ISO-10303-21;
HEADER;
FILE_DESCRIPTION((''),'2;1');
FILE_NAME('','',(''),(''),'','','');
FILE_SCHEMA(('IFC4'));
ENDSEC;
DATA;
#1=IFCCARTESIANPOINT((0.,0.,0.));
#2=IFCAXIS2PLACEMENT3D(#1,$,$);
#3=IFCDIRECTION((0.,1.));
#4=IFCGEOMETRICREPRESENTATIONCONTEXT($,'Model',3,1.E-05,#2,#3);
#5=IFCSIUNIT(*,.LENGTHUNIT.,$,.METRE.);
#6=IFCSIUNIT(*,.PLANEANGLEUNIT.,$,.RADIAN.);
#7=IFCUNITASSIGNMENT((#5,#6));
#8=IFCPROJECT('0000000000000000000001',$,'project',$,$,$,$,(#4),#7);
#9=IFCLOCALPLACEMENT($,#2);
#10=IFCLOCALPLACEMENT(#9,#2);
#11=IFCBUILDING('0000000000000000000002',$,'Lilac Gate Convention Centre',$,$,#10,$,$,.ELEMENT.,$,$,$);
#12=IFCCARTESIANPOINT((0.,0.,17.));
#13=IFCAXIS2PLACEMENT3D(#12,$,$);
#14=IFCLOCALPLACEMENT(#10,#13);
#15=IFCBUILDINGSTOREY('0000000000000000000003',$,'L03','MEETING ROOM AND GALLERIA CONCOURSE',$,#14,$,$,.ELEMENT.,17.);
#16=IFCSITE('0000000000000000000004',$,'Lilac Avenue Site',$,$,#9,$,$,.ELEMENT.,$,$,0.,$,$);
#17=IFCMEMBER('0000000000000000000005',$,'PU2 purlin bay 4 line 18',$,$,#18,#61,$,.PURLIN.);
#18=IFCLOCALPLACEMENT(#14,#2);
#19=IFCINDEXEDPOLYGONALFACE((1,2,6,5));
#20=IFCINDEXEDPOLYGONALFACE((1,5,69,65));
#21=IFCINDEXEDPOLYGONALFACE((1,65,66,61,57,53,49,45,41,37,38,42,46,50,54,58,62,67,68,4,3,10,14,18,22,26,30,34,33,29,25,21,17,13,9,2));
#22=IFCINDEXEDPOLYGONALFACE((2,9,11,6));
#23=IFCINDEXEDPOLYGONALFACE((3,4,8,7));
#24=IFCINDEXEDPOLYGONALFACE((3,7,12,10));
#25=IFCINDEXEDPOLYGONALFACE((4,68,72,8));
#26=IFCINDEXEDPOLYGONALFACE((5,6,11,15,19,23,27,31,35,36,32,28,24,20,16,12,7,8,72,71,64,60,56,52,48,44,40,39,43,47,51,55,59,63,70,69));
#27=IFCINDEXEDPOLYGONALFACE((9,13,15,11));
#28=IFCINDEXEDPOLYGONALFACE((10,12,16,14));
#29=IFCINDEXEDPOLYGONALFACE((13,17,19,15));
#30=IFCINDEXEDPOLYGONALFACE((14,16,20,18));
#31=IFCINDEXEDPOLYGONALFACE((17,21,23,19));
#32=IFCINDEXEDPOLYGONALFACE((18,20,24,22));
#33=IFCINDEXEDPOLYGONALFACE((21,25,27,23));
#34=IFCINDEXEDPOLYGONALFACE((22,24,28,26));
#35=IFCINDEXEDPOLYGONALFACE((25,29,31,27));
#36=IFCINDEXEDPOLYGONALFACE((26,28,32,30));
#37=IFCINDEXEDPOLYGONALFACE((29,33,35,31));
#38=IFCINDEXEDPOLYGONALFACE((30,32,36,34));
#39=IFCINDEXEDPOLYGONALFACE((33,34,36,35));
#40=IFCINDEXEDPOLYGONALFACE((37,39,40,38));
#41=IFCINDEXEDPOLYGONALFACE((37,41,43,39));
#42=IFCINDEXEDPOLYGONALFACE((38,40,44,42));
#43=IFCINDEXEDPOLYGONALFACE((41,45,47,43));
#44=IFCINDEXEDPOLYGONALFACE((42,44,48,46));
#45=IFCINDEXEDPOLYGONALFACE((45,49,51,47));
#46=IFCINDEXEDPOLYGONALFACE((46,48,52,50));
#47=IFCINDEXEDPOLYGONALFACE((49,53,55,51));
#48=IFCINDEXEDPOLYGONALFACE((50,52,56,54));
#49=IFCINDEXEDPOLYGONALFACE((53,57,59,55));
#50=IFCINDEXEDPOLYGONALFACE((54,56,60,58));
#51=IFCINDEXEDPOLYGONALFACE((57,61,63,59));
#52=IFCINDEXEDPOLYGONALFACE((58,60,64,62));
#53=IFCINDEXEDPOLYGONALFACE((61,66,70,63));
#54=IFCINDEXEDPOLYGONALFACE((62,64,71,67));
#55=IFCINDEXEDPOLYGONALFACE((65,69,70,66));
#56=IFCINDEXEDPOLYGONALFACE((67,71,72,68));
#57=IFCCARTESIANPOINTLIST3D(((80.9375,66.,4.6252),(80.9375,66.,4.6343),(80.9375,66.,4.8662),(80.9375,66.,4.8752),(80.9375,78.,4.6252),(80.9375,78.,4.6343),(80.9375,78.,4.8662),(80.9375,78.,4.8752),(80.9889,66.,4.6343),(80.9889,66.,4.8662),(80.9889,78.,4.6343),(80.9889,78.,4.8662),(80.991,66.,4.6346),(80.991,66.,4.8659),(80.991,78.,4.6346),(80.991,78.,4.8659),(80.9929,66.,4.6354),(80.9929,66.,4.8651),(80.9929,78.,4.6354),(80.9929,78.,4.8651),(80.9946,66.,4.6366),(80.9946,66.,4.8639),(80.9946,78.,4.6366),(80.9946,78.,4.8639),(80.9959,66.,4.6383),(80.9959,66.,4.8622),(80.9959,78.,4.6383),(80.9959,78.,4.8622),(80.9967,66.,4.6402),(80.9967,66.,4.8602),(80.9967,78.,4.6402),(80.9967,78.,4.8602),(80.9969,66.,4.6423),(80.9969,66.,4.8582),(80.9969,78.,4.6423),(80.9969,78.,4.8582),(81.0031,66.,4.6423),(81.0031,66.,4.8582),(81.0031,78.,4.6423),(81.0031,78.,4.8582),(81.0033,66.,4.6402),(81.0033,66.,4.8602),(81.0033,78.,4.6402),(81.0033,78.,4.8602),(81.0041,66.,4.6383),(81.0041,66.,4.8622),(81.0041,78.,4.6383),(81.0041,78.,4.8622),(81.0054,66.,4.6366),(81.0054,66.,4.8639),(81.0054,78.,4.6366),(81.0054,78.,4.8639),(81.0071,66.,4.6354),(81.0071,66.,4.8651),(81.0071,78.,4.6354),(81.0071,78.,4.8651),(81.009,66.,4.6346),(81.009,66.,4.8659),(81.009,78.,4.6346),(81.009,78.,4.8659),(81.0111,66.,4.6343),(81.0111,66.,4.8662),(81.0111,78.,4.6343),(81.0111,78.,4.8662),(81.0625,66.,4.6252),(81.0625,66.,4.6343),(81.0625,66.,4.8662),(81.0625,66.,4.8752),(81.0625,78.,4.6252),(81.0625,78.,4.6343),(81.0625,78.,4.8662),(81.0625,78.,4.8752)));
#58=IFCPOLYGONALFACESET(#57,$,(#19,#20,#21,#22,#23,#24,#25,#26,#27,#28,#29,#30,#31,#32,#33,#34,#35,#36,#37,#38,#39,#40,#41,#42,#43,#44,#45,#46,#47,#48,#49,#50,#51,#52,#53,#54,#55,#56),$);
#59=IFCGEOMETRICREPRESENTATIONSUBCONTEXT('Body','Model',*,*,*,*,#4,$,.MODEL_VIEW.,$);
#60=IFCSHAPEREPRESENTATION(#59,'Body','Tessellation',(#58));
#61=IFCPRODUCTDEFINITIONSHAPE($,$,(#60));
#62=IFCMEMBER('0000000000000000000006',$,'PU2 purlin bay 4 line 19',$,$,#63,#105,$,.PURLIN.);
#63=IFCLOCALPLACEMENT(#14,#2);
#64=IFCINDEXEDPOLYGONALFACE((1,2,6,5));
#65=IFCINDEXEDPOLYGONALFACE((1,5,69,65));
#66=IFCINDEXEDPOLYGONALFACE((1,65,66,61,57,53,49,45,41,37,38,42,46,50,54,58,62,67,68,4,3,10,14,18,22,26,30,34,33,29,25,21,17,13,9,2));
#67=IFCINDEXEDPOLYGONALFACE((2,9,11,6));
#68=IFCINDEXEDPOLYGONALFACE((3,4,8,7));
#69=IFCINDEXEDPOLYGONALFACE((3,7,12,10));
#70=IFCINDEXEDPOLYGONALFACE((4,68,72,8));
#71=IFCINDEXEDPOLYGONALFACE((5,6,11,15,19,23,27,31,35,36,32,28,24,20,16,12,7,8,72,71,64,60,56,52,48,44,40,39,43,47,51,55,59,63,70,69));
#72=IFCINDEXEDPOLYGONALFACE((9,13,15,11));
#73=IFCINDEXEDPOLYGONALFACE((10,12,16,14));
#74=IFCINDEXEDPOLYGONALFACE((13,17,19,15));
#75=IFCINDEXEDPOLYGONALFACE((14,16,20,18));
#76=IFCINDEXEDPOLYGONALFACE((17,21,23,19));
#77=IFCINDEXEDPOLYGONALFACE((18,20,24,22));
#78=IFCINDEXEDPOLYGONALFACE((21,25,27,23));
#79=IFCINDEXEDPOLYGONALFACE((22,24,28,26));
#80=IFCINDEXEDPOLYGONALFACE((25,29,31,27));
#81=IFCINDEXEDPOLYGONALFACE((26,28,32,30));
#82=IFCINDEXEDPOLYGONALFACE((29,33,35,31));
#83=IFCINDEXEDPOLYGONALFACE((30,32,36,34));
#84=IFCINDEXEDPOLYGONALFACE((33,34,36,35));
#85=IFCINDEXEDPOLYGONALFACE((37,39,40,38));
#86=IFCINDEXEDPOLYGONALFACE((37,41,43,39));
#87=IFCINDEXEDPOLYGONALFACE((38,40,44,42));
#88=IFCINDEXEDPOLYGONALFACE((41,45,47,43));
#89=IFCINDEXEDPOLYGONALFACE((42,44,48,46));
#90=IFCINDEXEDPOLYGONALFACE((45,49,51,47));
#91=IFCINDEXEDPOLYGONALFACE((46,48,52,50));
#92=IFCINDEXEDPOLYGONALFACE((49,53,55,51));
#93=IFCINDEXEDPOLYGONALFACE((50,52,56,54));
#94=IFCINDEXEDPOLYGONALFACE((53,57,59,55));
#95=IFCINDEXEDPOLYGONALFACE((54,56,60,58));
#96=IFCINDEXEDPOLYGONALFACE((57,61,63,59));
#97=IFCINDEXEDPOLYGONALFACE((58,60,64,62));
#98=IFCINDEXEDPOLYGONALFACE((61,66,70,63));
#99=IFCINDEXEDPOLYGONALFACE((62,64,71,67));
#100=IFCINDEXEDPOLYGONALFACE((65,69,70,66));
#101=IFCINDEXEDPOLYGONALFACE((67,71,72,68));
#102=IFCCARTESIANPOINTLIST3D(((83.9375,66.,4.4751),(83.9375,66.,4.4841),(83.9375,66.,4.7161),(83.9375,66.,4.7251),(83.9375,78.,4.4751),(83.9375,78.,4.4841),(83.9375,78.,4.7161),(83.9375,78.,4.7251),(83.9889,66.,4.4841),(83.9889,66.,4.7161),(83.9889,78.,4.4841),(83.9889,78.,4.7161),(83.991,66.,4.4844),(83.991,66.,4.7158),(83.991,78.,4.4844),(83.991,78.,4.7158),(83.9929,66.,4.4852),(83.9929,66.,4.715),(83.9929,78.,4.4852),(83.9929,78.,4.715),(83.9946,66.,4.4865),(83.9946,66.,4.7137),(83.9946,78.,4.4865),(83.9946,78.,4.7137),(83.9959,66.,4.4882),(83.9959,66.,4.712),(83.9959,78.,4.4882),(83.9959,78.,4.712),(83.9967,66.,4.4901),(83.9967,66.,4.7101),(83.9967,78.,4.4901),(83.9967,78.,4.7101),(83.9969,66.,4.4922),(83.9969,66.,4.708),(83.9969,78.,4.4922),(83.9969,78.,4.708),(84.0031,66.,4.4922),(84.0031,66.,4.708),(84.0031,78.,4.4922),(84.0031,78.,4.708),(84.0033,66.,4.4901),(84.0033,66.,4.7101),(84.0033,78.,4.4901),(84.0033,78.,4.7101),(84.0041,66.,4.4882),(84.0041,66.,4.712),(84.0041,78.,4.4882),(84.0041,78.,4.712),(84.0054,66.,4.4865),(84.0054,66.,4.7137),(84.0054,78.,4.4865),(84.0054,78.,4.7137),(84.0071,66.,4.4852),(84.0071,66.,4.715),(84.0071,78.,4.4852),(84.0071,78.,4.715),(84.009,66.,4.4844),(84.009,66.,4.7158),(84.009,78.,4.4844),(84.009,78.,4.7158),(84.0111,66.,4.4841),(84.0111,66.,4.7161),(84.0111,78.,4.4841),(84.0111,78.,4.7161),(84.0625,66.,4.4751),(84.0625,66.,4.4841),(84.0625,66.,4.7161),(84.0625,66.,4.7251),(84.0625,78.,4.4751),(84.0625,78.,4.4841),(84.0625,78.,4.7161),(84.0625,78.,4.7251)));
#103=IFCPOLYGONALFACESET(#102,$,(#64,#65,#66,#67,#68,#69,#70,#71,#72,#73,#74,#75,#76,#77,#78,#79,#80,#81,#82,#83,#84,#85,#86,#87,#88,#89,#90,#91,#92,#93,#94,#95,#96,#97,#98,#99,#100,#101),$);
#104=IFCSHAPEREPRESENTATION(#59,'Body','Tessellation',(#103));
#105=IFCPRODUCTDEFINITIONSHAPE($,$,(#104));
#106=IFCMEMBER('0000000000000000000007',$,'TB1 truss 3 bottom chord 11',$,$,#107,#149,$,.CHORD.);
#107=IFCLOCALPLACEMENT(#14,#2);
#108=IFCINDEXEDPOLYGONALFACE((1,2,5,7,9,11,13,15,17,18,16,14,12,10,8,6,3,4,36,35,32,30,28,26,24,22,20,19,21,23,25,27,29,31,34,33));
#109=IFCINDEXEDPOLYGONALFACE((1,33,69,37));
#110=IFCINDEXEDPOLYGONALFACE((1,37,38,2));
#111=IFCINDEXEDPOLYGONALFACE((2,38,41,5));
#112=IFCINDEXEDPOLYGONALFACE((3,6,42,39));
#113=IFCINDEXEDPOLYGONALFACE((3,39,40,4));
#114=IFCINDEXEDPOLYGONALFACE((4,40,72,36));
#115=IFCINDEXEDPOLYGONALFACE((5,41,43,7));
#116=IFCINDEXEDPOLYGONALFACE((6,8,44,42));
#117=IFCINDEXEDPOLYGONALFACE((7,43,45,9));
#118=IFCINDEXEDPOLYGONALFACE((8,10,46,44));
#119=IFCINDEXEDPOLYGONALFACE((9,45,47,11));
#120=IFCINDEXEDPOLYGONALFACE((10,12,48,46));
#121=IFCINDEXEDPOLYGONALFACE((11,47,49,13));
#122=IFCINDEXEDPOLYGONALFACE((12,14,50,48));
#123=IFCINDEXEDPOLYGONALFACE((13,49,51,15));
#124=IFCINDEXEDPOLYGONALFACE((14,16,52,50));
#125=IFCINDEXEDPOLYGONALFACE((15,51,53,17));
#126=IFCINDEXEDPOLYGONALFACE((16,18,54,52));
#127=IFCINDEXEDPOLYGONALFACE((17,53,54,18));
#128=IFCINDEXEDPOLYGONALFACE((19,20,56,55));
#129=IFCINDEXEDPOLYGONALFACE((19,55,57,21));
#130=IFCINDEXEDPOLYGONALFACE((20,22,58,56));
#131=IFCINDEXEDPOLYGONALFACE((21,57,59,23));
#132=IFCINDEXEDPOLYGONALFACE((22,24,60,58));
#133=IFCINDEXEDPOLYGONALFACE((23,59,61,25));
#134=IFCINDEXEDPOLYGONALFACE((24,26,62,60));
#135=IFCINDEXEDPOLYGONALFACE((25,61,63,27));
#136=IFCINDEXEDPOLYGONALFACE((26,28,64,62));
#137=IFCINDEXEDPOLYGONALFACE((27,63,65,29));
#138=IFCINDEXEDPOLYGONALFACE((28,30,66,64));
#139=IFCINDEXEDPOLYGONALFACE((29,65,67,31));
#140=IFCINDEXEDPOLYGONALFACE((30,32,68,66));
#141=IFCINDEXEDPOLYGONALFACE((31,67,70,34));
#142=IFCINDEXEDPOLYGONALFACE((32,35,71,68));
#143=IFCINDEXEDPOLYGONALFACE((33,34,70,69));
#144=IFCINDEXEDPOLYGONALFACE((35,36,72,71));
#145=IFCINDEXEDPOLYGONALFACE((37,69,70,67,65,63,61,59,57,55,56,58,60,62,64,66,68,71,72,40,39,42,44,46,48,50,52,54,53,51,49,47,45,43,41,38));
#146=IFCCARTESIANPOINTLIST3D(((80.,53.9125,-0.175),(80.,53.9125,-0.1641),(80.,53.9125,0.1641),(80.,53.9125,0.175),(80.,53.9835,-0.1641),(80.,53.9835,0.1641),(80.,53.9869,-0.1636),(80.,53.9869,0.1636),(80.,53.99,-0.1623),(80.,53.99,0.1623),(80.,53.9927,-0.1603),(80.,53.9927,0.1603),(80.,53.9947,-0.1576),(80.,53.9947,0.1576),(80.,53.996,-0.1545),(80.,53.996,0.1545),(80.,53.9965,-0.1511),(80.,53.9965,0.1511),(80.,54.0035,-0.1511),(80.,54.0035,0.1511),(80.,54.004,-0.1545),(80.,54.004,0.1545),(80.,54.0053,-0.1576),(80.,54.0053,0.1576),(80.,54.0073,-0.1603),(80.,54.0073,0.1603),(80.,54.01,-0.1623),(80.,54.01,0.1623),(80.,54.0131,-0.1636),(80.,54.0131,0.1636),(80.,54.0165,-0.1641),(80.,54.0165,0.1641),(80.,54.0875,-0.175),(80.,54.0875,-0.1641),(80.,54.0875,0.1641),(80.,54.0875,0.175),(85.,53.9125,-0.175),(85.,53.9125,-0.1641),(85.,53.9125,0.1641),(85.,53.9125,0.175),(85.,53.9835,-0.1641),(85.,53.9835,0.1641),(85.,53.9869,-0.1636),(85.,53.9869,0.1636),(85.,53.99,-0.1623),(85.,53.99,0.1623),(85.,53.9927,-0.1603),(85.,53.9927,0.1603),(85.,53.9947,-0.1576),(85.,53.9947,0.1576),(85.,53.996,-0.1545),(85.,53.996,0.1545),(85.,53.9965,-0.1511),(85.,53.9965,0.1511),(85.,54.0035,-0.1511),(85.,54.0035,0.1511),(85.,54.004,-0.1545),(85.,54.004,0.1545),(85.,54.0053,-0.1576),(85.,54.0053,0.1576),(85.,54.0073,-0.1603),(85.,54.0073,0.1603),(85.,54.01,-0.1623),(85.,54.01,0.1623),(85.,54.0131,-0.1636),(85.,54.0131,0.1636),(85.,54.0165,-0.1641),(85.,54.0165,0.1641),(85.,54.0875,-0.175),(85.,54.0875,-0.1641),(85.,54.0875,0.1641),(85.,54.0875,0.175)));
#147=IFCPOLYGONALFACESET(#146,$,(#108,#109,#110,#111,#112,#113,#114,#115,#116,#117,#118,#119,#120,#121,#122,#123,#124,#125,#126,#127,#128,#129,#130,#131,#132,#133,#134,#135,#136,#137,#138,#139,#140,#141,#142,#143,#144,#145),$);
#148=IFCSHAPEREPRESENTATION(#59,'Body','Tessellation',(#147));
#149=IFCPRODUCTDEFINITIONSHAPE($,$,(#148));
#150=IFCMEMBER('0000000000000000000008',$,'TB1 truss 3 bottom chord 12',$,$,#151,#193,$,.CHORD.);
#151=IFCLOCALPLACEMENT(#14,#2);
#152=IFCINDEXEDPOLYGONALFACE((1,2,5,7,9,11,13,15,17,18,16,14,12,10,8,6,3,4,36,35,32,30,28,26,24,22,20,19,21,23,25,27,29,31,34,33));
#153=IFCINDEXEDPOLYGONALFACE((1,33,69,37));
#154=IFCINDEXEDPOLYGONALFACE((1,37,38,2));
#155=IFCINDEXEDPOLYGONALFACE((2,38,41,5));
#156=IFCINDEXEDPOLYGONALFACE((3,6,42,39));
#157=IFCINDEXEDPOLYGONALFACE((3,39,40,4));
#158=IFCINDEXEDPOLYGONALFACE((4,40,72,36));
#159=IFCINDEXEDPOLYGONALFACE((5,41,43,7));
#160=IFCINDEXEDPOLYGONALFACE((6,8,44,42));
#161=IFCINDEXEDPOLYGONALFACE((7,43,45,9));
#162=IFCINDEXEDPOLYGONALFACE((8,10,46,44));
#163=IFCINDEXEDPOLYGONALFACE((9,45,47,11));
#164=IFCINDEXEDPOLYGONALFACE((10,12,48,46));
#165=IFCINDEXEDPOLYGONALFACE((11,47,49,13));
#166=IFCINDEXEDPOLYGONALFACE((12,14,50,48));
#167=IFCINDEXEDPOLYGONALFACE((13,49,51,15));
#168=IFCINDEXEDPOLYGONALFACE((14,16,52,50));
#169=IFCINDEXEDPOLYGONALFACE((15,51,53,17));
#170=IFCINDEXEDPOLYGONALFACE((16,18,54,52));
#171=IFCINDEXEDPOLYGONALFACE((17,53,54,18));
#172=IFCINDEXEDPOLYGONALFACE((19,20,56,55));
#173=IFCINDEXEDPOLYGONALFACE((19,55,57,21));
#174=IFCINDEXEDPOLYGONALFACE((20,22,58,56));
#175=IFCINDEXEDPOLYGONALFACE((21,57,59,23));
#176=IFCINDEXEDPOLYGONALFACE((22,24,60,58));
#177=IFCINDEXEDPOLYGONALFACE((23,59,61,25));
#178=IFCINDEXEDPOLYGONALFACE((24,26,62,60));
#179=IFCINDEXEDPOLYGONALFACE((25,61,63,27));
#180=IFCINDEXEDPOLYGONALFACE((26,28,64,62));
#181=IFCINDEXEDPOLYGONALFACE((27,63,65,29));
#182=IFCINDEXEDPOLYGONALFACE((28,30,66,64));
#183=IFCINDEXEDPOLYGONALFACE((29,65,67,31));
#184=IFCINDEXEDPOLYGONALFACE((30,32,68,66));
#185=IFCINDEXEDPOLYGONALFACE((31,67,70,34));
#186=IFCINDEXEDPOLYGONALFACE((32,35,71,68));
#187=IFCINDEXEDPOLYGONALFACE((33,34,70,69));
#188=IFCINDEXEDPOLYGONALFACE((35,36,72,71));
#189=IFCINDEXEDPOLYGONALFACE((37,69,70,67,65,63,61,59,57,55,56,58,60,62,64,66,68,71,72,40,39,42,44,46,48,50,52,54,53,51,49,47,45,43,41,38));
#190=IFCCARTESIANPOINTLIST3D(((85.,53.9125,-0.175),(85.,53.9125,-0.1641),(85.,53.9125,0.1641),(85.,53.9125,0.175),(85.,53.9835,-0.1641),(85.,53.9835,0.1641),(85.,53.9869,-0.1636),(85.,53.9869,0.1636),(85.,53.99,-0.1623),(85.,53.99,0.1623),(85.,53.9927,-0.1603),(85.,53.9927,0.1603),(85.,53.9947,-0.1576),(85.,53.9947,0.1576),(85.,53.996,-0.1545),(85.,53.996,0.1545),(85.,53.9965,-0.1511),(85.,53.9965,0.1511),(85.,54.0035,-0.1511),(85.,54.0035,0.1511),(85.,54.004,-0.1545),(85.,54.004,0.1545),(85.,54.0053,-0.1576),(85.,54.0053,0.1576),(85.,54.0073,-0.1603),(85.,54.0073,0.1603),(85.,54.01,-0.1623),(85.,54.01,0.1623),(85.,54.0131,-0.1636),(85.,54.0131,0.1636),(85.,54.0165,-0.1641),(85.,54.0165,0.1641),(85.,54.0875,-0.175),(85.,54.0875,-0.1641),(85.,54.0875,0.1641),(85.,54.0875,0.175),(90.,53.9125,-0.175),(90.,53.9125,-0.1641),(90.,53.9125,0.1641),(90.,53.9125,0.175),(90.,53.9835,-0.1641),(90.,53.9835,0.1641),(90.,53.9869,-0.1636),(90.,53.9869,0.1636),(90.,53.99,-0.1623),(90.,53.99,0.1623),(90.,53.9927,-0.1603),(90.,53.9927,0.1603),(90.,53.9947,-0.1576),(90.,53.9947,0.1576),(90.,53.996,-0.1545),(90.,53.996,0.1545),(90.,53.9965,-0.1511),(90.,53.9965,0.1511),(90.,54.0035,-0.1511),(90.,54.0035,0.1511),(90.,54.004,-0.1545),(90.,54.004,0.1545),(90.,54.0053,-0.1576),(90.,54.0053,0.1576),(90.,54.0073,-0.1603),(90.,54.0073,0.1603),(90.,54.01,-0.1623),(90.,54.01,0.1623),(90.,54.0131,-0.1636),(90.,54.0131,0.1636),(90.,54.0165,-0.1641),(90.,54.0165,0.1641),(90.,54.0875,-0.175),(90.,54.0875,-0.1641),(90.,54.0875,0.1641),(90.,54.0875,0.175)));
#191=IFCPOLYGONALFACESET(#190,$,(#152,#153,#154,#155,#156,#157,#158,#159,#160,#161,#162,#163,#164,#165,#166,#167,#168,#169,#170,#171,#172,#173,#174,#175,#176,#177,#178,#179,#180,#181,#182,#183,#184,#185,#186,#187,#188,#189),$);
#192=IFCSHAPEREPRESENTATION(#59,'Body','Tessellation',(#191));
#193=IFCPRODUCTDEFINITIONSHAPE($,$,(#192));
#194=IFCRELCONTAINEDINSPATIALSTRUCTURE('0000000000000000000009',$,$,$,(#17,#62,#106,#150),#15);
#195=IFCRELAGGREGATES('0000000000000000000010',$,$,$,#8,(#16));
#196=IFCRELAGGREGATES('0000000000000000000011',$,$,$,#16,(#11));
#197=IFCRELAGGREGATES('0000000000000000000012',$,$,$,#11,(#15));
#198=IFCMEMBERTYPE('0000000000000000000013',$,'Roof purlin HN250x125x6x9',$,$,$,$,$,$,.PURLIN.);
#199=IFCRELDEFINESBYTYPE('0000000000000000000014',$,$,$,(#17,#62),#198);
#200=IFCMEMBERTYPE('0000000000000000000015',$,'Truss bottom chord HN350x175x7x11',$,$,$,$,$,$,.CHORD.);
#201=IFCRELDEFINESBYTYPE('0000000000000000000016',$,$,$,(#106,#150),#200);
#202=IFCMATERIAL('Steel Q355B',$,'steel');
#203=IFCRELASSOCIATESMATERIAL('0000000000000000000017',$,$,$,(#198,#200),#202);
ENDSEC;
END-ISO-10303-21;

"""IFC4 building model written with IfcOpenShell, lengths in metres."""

from ifc_helpers import new_model, si_unit, direction, frame, origin, origin_2d, place, context, subcontext, project, spatial, i_section, extrude, material, material_profile, profile_set, type_object, element, save


model = new_model("IFC4")

# Units and contexts
model_context = context("Model", 3, precision=1e-05, world=origin(), true_north=direction((0.0, 1.0)))
body_context = subcontext(model_context, "Body", "Model", "MODEL_VIEW")
ifc_project = project(units=[si_unit("LENGTHUNIT", "METRE"), si_unit("PLANEANGLEUNIT", "RADIAN")], contexts=[model_context])

# Site, building, storey
site_placement = place(None, origin())
site = spatial("IfcSite", under=ifc_project, at=site_placement, Name="Lilac Avenue Site", CompositionType="ELEMENT", RefElevation=0.0)
building_placement = place(site_placement, origin())
building = spatial("IfcBuilding", under=site, at=building_placement, Name="Lilac Gate Convention Centre", CompositionType="ELEMENT")
storey_placement = place(building_placement, frame((0.0, 0.0, 17.0)))
storey = spatial("IfcBuildingStorey", under=building, at=storey_placement, Name="L03", Description="MEETING ROOM AND GALLERIA CONCOURSE", CompositionType="ELEMENT", Elevation=17.0)

# Members
ifc_material = material(Name="Steel Q355B", Category="steel")
ifc_material_profile_1 = material_profile(ifc_material, i_section(OverallWidth=0.125, OverallDepth=0.25, WebThickness=0.0061, FlangeThickness=0.009, FilletRadius=0.0081, at=origin_2d()), Name="HN250x125x6x9")
ifc_profile_set_1 = profile_set([ifc_material_profile_1], Name="Steel Q355B")
member_type_1 = type_object("IfcMemberType", Name="Roof purlin HN250x125x6x9", PredefinedType="PURLIN", material=ifc_profile_set_1)
for number, where, z_axis, x_axis, name in (
    (1, (81.0, 66.0, 4.7502), (0.0, 1.0, 0.0), (-1.0, 0.0, 0.0), "PU2 purlin bay 4 line 18"),
    (2, (84.0, 66.0, 4.6001), (0.0, 1.0, 0.0), (-1.0, 0.0, 0.0), "PU2 purlin bay 4 line 19"),
):
    element("IfcMember", number, at=place(storey_placement, frame(where, z_axis=z_axis, x_axis=x_axis)), inside=storey, type_object=member_type_1, Name=name, PredefinedType="PURLIN", context=body_context, shape_type="SweptSolid", body=[
        extrude(i_section(OverallWidth=0.125, OverallDepth=0.25, WebThickness=0.0061, FlangeThickness=0.009, FilletRadius=0.0081, at=origin_2d()), origin(), (0.0, 0.0, 1.0), 12.0),
    ])
ifc_material_profile_2 = material_profile(ifc_material, i_section(OverallWidth=0.175, OverallDepth=0.3501, WebThickness=0.0071, FlangeThickness=0.011, FilletRadius=0.0129, at=origin_2d()), Name="HN350x175x7x11")
ifc_profile_set_2 = profile_set([ifc_material_profile_2], Name="Steel Q355B")
member_type_2 = type_object("IfcMemberType", Name="Truss bottom chord HN350x175x7x11", PredefinedType="CHORD", material=ifc_profile_set_2)
for number, where, z_axis, x_axis, name in (
    (3, (80.0, 54.0, 0.0), (1.0, 0.0, 0.0), (0.0, 1.0, 0.0), "TB1 truss 3 bottom chord 11"),
    (4, (85.0, 54.0, 0.0), (1.0, 0.0, 0.0), (0.0, 1.0, 0.0), "TB1 truss 3 bottom chord 12"),
):
    element("IfcMember", number, at=place(storey_placement, frame(where, z_axis=z_axis, x_axis=x_axis)), inside=storey, type_object=member_type_2, Name=name, PredefinedType="CHORD", context=body_context, shape_type="SweptSolid", body=[
        extrude(i_section(OverallWidth=0.175, OverallDepth=0.3501, WebThickness=0.0071, FlangeThickness=0.011, FilletRadius=0.0129, at=origin_2d()), origin(), (0.0, 0.0, 1.0), 5.0),
    ])

save(model, "model.ifc")
